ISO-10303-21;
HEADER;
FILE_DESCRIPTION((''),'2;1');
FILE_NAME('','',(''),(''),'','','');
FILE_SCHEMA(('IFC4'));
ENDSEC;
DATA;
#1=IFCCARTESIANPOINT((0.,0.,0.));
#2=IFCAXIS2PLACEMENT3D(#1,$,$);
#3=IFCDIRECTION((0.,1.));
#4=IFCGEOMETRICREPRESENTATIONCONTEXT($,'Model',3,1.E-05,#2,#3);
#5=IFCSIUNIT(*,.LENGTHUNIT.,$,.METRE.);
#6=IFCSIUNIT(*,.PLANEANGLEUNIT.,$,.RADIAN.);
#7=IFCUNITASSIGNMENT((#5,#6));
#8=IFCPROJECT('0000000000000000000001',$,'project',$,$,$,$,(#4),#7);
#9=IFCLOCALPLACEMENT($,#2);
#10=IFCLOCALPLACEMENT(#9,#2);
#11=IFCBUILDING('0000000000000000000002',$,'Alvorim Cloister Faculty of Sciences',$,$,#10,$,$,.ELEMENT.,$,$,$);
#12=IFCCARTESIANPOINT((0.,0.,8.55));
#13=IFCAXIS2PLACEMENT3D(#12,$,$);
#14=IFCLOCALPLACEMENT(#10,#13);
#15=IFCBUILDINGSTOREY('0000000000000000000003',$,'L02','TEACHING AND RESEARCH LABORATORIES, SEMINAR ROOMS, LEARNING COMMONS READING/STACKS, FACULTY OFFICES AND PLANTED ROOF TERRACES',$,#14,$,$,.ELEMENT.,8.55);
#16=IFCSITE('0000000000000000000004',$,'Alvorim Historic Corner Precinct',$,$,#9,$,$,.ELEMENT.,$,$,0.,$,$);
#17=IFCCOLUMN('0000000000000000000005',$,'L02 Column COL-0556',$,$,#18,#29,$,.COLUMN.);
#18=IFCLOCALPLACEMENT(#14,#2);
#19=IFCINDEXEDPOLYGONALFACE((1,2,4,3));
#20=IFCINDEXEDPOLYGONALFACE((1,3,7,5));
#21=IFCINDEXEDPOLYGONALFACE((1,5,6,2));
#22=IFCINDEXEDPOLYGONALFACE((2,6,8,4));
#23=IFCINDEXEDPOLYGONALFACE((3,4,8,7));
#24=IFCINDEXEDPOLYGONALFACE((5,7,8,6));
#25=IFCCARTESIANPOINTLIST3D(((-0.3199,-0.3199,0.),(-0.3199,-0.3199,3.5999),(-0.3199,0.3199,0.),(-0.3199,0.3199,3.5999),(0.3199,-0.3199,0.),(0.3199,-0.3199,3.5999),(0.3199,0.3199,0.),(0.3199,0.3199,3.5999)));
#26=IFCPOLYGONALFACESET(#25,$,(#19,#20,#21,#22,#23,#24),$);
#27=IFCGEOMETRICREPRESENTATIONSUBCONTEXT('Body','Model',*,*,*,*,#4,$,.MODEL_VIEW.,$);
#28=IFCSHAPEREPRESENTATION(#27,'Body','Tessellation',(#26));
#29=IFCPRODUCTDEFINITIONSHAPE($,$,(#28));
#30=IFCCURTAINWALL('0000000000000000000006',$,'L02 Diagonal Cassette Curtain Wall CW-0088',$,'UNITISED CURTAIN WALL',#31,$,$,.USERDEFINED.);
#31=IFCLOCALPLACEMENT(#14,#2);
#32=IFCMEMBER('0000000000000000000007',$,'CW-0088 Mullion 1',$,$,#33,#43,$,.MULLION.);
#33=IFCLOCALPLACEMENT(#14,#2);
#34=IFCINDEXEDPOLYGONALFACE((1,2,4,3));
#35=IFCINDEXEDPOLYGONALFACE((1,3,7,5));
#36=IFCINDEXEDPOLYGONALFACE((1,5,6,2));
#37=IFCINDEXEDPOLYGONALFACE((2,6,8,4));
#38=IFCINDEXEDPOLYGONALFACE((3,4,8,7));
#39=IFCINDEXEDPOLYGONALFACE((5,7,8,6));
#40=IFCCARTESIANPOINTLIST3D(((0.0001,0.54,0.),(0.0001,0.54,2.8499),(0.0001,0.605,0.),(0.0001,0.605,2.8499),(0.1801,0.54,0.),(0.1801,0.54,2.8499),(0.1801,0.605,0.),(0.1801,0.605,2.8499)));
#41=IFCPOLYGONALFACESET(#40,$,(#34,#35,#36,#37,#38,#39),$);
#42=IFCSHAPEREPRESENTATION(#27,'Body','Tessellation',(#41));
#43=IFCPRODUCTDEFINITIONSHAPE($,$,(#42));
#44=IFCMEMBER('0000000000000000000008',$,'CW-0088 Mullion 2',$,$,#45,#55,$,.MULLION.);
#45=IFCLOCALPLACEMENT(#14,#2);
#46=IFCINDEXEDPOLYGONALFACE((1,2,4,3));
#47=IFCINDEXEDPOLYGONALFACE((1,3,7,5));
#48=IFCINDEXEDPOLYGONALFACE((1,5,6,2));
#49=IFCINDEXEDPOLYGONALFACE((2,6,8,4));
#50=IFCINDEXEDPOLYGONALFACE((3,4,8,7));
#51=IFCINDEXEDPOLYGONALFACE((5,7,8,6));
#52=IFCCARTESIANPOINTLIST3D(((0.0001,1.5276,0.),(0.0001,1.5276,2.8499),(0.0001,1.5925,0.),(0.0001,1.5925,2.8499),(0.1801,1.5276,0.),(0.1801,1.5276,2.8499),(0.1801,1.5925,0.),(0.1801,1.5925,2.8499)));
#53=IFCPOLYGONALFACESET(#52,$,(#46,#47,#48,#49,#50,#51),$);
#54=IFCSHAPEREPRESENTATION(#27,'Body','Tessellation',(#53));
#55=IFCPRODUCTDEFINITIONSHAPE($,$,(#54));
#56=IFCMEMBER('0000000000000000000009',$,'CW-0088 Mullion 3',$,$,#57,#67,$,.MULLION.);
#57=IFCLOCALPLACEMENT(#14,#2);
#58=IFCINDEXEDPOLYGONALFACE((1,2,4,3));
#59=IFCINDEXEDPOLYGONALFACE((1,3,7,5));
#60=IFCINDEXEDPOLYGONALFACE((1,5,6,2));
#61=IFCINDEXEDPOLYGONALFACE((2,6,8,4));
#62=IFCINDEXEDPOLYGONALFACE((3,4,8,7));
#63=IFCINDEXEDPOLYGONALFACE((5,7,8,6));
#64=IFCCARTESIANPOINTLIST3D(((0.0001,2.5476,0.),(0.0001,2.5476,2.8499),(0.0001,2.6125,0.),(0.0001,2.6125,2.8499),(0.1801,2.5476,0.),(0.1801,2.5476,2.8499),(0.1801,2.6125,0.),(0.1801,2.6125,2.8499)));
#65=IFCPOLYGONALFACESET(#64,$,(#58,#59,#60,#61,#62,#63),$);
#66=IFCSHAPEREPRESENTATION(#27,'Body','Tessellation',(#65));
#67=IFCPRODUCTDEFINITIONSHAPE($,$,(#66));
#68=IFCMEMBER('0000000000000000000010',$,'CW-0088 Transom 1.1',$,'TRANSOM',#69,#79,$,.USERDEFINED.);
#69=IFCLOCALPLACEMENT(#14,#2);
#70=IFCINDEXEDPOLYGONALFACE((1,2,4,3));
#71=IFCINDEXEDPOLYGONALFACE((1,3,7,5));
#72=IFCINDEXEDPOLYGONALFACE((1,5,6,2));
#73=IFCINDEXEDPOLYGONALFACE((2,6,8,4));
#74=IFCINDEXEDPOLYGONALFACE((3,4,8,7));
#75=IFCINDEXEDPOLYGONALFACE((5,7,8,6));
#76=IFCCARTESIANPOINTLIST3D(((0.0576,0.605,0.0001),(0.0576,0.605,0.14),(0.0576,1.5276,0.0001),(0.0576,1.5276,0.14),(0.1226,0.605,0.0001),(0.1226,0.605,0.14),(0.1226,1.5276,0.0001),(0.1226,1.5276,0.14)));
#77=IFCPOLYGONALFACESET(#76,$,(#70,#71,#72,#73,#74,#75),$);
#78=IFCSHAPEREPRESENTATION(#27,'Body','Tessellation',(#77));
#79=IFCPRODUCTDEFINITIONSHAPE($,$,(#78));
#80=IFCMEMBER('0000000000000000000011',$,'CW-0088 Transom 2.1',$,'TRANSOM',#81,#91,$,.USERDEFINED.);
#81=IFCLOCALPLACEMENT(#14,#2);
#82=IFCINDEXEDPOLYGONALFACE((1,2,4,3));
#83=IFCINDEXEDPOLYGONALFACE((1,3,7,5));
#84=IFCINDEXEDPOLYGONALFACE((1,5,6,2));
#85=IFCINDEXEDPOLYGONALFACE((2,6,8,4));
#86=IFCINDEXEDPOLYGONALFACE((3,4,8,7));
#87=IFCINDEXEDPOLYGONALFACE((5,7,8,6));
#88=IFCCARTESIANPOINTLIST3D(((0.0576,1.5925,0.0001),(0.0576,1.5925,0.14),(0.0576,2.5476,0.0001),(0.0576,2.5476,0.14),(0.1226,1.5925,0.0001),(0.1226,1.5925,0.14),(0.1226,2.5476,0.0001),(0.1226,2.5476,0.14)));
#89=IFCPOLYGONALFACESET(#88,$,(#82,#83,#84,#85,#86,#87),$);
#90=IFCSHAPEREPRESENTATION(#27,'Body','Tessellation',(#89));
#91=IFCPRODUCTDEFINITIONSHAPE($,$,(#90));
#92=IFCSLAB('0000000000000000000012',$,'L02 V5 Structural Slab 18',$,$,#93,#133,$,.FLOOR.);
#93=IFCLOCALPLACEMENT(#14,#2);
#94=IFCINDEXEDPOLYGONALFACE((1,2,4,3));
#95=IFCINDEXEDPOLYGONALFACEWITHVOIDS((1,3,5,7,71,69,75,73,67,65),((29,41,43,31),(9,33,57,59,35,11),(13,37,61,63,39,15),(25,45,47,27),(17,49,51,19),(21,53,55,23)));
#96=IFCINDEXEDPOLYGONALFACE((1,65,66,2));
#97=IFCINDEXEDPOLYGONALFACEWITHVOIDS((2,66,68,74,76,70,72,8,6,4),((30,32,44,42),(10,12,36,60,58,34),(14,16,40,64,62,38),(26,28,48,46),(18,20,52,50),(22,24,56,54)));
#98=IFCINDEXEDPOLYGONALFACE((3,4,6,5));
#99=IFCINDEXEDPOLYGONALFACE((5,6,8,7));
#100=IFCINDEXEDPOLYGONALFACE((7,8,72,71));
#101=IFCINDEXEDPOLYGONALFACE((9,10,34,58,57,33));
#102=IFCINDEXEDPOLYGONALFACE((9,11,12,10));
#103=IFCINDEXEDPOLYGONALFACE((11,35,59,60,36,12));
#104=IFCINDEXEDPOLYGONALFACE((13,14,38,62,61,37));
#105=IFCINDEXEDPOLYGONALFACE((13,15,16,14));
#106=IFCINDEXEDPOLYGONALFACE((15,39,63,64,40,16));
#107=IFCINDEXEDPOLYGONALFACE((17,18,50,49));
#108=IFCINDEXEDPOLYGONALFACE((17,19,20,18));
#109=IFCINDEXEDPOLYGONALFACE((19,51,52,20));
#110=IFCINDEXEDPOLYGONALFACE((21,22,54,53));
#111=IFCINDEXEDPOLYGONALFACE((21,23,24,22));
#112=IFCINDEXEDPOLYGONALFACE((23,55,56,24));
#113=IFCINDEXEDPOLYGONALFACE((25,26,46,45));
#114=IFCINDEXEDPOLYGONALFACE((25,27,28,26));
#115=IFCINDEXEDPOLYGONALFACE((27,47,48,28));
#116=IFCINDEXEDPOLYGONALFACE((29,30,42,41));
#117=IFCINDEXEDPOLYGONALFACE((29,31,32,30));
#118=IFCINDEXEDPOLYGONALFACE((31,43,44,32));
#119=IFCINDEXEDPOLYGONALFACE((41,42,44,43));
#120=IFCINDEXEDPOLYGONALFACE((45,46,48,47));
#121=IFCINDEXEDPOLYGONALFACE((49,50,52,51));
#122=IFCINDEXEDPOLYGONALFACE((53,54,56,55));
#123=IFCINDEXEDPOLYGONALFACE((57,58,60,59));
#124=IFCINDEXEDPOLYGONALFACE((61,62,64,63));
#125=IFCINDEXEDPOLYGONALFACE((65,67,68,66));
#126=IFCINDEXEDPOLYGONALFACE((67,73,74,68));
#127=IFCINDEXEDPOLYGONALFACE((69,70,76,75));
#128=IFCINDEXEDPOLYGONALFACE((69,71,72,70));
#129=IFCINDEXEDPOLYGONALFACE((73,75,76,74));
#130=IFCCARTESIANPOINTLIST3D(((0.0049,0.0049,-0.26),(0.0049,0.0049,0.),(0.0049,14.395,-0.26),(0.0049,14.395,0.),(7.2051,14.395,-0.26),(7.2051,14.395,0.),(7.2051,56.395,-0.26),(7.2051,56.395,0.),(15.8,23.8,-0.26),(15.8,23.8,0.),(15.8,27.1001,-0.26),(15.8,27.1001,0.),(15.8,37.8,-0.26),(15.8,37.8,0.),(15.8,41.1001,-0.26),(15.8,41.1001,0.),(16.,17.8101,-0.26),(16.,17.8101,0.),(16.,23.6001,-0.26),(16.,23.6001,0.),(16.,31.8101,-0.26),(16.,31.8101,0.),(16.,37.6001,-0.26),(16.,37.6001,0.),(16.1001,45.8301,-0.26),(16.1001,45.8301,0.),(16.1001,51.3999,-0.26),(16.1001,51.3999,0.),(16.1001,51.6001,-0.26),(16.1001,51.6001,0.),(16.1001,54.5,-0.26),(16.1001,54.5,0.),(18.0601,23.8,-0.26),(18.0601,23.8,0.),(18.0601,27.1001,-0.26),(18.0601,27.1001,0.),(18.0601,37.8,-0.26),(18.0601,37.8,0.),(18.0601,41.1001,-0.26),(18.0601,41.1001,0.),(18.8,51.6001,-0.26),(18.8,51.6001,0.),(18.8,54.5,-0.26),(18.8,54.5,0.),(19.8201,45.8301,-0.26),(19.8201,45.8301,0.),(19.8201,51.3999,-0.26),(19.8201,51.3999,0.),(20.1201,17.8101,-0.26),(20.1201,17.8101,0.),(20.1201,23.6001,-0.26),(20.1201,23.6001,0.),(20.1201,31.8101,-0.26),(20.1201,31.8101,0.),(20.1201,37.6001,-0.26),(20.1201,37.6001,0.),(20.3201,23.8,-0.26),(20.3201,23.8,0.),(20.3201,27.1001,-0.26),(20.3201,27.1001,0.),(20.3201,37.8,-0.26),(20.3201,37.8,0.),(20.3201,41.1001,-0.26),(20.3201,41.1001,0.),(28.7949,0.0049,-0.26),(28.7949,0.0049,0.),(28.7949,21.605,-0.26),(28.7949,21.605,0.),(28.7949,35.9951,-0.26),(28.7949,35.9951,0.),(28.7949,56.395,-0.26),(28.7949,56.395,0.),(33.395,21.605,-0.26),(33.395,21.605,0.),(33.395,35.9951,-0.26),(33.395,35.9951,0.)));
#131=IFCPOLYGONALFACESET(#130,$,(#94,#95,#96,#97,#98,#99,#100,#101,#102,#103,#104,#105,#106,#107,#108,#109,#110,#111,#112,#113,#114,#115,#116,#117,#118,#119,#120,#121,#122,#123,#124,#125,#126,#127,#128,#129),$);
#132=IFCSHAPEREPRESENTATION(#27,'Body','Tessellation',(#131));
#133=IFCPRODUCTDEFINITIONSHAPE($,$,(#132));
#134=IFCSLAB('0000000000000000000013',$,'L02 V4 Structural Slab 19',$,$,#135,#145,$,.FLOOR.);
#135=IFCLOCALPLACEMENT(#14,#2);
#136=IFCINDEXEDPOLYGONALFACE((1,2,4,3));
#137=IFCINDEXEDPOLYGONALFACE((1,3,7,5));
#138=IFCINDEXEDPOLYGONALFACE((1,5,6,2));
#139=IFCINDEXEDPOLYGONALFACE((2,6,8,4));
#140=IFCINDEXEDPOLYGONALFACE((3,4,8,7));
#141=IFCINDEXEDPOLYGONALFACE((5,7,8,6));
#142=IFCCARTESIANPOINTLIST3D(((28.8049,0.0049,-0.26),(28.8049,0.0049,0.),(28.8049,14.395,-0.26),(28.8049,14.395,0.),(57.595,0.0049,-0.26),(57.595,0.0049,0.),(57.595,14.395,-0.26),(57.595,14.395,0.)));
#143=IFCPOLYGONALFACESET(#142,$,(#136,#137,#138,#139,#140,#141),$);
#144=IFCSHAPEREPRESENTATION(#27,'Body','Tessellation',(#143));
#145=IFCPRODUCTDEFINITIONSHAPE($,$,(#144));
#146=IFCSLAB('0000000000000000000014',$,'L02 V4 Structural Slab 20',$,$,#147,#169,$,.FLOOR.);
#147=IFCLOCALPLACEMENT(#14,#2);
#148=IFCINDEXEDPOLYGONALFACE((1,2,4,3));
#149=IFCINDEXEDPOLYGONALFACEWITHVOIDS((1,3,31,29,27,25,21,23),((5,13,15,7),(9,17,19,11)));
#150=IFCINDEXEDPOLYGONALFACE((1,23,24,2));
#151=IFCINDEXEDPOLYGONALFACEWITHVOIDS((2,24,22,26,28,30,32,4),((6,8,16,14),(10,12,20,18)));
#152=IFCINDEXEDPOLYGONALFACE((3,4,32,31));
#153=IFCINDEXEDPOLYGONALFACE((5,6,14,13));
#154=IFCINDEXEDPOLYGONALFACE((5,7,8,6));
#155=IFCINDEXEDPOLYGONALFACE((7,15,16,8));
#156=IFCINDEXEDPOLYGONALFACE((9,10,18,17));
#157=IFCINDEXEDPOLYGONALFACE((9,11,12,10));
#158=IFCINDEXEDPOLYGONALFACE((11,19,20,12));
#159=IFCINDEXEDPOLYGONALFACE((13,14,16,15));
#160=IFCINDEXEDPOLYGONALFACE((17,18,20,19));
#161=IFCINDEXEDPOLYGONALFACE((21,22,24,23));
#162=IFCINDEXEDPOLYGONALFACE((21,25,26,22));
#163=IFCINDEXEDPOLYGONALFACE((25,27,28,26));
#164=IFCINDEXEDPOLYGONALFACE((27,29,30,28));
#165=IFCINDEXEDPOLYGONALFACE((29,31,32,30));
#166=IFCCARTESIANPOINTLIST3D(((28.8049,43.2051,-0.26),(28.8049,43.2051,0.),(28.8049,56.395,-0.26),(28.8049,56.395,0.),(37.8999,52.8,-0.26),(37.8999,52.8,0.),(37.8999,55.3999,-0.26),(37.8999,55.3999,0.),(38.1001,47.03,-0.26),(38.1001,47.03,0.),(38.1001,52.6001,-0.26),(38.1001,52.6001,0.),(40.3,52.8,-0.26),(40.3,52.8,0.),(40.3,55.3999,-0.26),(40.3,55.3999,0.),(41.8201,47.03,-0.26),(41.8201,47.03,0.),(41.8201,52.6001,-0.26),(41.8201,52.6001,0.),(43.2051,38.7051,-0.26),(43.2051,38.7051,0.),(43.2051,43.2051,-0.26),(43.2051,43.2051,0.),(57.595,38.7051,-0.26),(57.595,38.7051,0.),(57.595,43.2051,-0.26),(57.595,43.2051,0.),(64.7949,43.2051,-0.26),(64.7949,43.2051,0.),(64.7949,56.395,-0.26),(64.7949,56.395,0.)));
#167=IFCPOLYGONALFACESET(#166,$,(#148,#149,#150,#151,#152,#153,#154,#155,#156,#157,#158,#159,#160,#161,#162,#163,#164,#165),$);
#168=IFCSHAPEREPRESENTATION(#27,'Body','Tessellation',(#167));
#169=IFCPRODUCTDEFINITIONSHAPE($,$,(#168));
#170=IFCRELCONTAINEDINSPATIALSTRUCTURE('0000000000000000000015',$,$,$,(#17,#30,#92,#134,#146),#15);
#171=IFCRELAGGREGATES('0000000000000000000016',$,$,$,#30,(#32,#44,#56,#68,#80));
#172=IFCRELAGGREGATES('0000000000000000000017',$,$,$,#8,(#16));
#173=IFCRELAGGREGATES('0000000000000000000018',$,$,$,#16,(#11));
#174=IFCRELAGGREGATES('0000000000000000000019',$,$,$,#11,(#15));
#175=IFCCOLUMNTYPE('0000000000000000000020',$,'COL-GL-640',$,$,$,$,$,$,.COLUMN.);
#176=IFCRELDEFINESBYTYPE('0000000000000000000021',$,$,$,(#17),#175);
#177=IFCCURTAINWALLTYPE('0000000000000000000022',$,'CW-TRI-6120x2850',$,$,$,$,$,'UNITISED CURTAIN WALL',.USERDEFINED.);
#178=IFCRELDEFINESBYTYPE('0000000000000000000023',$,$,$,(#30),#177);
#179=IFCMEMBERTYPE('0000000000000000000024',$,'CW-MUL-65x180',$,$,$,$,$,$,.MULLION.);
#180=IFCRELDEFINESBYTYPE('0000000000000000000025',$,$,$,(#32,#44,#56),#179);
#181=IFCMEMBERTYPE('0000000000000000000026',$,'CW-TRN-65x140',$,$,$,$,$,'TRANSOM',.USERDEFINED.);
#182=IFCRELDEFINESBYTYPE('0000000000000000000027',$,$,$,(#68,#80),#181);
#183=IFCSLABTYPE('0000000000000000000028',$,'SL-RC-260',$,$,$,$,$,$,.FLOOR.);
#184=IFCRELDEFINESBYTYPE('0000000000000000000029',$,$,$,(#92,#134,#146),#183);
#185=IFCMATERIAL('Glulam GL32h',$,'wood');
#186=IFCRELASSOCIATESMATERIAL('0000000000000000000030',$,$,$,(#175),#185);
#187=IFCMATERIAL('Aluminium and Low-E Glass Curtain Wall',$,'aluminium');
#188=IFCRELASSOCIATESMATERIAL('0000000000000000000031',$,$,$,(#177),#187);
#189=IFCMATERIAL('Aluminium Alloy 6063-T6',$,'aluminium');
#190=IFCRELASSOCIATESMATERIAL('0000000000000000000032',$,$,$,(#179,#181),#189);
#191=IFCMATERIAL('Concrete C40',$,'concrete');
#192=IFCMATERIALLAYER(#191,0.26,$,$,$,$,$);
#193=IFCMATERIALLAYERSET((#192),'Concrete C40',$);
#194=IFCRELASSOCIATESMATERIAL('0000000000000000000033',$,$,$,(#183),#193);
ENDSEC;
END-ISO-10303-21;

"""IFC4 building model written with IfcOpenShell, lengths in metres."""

from ifc_helpers import new_model, si_unit, direction, frame, origin, origin_with_axes, origin_2d, place, context, subcontext, project, spatial, polyline, rectangle, outline, extrude, material, layer, layer_set, material_profile, profile_set, type_object, element, aggregate, save


model = new_model("IFC4")

# Units and contexts
model_context = context("Model", 3, precision=1e-05, world=origin(), true_north=direction((0.0, 1.0)))
body_context = subcontext(model_context, "Body", "Model", "MODEL_VIEW")
ifc_project = project(units=[si_unit("LENGTHUNIT", "METRE"), si_unit("PLANEANGLEUNIT", "RADIAN")], contexts=[model_context])

# Site, building, storey
site_placement = place(None, origin())
site = spatial("IfcSite", under=ifc_project, at=site_placement, Name="Alvorim Historic Corner Precinct", CompositionType="ELEMENT", RefElevation=0.0)
building_placement = place(site_placement, origin())
building = spatial("IfcBuilding", under=site, at=building_placement, Name="Alvorim Cloister Faculty of Sciences", CompositionType="ELEMENT")
storey_placement = place(building_placement, frame((0.0, 0.0, 8.55)))
storey = spatial("IfcBuildingStorey", under=building, at=storey_placement, Name="L02", Description="TEACHING AND RESEARCH LABORATORIES, SEMINAR ROOMS, LEARNING COMMONS READING/STACKS, FACULTY OFFICES AND PLANTED ROOF TERRACES", CompositionType="ELEMENT", Elevation=8.55)

# Column
ifc_material_1 = material(Name="Glulam GL32h", Category="wood")
ifc_material_profile_1 = material_profile(ifc_material_1, rectangle(XDim=0.6399, YDim=0.6399, at=origin_2d()), Name="GL32-COL-640x640")
ifc_profile_set_1 = profile_set([ifc_material_profile_1], Name="Glulam GL32h")
column_type = type_object("IfcColumnType", Name="COL-GL-640", PredefinedType="COLUMN", material=ifc_profile_set_1)
column_placement = place(storey_placement, origin_with_axes())
element("IfcColumn", 1, at=column_placement, inside=storey, type_object=column_type, Name="L02 Column COL-0556", PredefinedType="COLUMN", context=body_context, shape_type="SweptSolid", body=[
    extrude(rectangle(XDim=0.6399, YDim=0.6399, at=origin_2d()), origin(), (0.0, 0.0, 1.0), 3.5999),
])

# Curtain wall, members
ifc_material_2 = material(Name="Aluminium and Low-E Glass Curtain Wall", Category="aluminium")
curtain_wall_type = type_object("IfcCurtainWallType", Name="CW-TRI-6120x2850", ElementType="UNITISED CURTAIN WALL", PredefinedType="USERDEFINED", material=ifc_material_2)
curtain_wall_placement = place(storey_placement, origin())
curtain_wall = element("IfcCurtainWall", 2, at=curtain_wall_placement, inside=storey, type_object=curtain_wall_type, Name="L02 Diagonal Cassette Curtain Wall CW-0088", ObjectType="UNITISED CURTAIN WALL", PredefinedType="USERDEFINED")
ifc_material_3 = material(Name="Aluminium Alloy 6063-T6", Category="aluminium")
ifc_material_profile_2 = material_profile(ifc_material_3, rectangle(XDim=0.0649, YDim=0.1799, at=origin_2d()), Name="ALU-MUL-65x180")
ifc_profile_set_2 = profile_set([ifc_material_profile_2], Name="Aluminium Alloy 6063-T6")
member_type_1 = type_object("IfcMemberType", Name="CW-MUL-65x180", PredefinedType="MULLION", material=ifc_profile_set_2)
member_1_placement = place(storey_placement, frame((0.0901, 0.5725, 0.0), z_axis=(0.0, 0.0, 1.0), x_axis=(0.0, 1.0, 0.0)))
member_1 = element("IfcMember", 3, at=member_1_placement, type_object=member_type_1, Name="CW-0088 Mullion 1", PredefinedType="MULLION", context=body_context, shape_type="SweptSolid", body=[
    extrude(rectangle(XDim=0.0649, YDim=0.1799, at=origin_2d()), origin(), (0.0, 0.0, 1.0), 2.8499),
])
member_2_placement = place(storey_placement, frame((0.0901, 1.5601, 0.0), z_axis=(0.0, 0.0, 1.0), x_axis=(0.0, 1.0, 0.0)))
member_2 = element("IfcMember", 4, at=member_2_placement, type_object=member_type_1, Name="CW-0088 Mullion 2", PredefinedType="MULLION", context=body_context, shape_type="SweptSolid", body=[
    extrude(rectangle(XDim=0.0649, YDim=0.1799, at=origin_2d()), origin(), (0.0, 0.0, 1.0), 2.8499),
])
member_3_placement = place(storey_placement, frame((0.0901, 2.5801, 0.0), z_axis=(0.0, 0.0, 1.0), x_axis=(0.0, 1.0, 0.0)))
member_3 = element("IfcMember", 5, at=member_3_placement, type_object=member_type_1, Name="CW-0088 Mullion 3", PredefinedType="MULLION", context=body_context, shape_type="SweptSolid", body=[
    extrude(rectangle(XDim=0.0649, YDim=0.1799, at=origin_2d()), origin(), (0.0, 0.0, 1.0), 2.8499),
])
ifc_material_profile_3 = material_profile(ifc_material_3, rectangle(XDim=0.0649, YDim=0.1399, at=origin_2d()), Name="ALU-TRN-65x140")
ifc_profile_set_3 = profile_set([ifc_material_profile_3], Name="Aluminium Alloy 6063-T6")
member_type_2 = type_object("IfcMemberType", Name="CW-TRN-65x140", ElementType="TRANSOM", PredefinedType="USERDEFINED", material=ifc_profile_set_3)
member_4_placement = place(storey_placement, frame((0.0901, 0.605, 0.0701), z_axis=(0.0, 1.0, 0.0), x_axis=(-1.0, 0.0, 0.0)))
member_4 = element("IfcMember", 6, at=member_4_placement, type_object=member_type_2, Name="CW-0088 Transom 1.1", ObjectType="TRANSOM", PredefinedType="USERDEFINED", context=body_context, shape_type="SweptSolid", body=[
    extrude(rectangle(XDim=0.0649, YDim=0.1399, at=origin_2d()), origin(), (0.0, 0.0, 1.0), 0.9226),
])
member_5_placement = place(storey_placement, frame((0.0901, 1.5925, 0.0701), z_axis=(0.0, 1.0, 0.0), x_axis=(-1.0, 0.0, 0.0)))
member_5 = element("IfcMember", 7, at=member_5_placement, type_object=member_type_2, Name="CW-0088 Transom 2.1", ObjectType="TRANSOM", PredefinedType="USERDEFINED", context=body_context, shape_type="SweptSolid", body=[
    extrude(rectangle(XDim=0.0649, YDim=0.1399, at=origin_2d()), origin(), (0.0, 0.0, 1.0), 0.9551),
])
aggregate(curtain_wall, [member_1, member_2, member_3, member_4, member_5])

# Slabs
ifc_material_4 = material(Name="Concrete C40", Category="concrete")
ifc_layer_1 = layer(ifc_material_4, 0.26)
ifc_layer_set_1 = layer_set([ifc_layer_1], Name="Concrete C40")
slab_type_1 = type_object("IfcSlabType", Name="SL-RC-260", PredefinedType="FLOOR", material=ifc_layer_set_1)
slab_1_placement = place(storey_placement, frame((0.0, 0.0, -0.26)))
element("IfcSlab", 8, at=slab_1_placement, inside=storey, type_object=slab_type_1, Name="L02 V5 Structural Slab 18", PredefinedType="FLOOR", context=body_context, shape_type="SweptSolid", body=[
    extrude(outline(polyline([(0.0049, 14.395), (7.2051, 14.395), (7.2051, 56.395), (28.7949, 56.395), (28.7949, 35.9951), (33.395, 35.9951), (33.395, 21.605), (28.7949, 21.605), (28.7949, 0.0049), (0.0049, 0.0049), (0.0049, 14.395)]), holes=[polyline([(20.1201, 23.6001), (16.0, 23.6001), (16.0, 17.8101), (20.1201, 17.8101), (20.1201, 23.6001)]), polyline([(18.0601, 23.8), (20.3201, 23.8), (20.3201, 27.1001), (18.0601, 27.1001), (15.8, 27.1001), (15.8, 23.8), (18.0601, 23.8)]), polyline([(20.1201, 37.6001), (16.0, 37.6001), (16.0, 31.8101), (20.1201, 31.8101), (20.1201, 37.6001)]), polyline([(18.0601, 37.8), (20.3201, 37.8), (20.3201, 41.1001), (18.0601, 41.1001), (15.8, 41.1001), (15.8, 37.8), (18.0601, 37.8)]), polyline([(19.8201, 51.3999), (16.1001, 51.3999), (16.1001, 45.8301), (19.8201, 45.8301), (19.8201, 51.3999)]), polyline([(18.8, 54.5), (16.1001, 54.5), (16.1001, 51.6001), (18.8, 51.6001), (18.8, 54.5)])]), origin(), (0.0, 0.0, 1.0), 0.26),
])
slab_2_placement = place(storey_placement, frame((0.0, 0.0, -0.26)))
element("IfcSlab", 9, at=slab_2_placement, inside=storey, type_object=slab_type_1, Name="L02 V4 Structural Slab 19", PredefinedType="FLOOR", context=body_context, shape_type="SweptSolid", body=[
    extrude(outline(polyline([(28.8049, 14.395), (57.595, 14.395), (57.595, 0.0049), (28.8049, 0.0049), (28.8049, 14.395)])), origin(), (0.0, 0.0, 1.0), 0.26),
])
slab_3_placement = place(storey_placement, frame((0.0, 0.0, -0.26)))
element("IfcSlab", 10, at=slab_3_placement, inside=storey, type_object=slab_type_1, Name="L02 V4 Structural Slab 20", PredefinedType="FLOOR", context=body_context, shape_type="SweptSolid", body=[
    extrude(outline(polyline([(43.2051, 43.2051), (28.8049, 43.2051), (28.8049, 56.395), (64.7949, 56.395), (64.7949, 43.2051), (57.595, 43.2051), (57.595, 38.7051), (43.2051, 38.7051), (43.2051, 43.2051)]), holes=[polyline([(41.8201, 52.6001), (38.1001, 52.6001), (38.1001, 47.03), (41.8201, 47.03), (41.8201, 52.6001)]), polyline([(40.3, 55.3999), (37.8999, 55.3999), (37.8999, 52.8), (40.3, 52.8), (40.3, 55.3999)])]), origin(), (0.0, 0.0, 1.0), 0.26),
])

save(model, "model.ifc")
